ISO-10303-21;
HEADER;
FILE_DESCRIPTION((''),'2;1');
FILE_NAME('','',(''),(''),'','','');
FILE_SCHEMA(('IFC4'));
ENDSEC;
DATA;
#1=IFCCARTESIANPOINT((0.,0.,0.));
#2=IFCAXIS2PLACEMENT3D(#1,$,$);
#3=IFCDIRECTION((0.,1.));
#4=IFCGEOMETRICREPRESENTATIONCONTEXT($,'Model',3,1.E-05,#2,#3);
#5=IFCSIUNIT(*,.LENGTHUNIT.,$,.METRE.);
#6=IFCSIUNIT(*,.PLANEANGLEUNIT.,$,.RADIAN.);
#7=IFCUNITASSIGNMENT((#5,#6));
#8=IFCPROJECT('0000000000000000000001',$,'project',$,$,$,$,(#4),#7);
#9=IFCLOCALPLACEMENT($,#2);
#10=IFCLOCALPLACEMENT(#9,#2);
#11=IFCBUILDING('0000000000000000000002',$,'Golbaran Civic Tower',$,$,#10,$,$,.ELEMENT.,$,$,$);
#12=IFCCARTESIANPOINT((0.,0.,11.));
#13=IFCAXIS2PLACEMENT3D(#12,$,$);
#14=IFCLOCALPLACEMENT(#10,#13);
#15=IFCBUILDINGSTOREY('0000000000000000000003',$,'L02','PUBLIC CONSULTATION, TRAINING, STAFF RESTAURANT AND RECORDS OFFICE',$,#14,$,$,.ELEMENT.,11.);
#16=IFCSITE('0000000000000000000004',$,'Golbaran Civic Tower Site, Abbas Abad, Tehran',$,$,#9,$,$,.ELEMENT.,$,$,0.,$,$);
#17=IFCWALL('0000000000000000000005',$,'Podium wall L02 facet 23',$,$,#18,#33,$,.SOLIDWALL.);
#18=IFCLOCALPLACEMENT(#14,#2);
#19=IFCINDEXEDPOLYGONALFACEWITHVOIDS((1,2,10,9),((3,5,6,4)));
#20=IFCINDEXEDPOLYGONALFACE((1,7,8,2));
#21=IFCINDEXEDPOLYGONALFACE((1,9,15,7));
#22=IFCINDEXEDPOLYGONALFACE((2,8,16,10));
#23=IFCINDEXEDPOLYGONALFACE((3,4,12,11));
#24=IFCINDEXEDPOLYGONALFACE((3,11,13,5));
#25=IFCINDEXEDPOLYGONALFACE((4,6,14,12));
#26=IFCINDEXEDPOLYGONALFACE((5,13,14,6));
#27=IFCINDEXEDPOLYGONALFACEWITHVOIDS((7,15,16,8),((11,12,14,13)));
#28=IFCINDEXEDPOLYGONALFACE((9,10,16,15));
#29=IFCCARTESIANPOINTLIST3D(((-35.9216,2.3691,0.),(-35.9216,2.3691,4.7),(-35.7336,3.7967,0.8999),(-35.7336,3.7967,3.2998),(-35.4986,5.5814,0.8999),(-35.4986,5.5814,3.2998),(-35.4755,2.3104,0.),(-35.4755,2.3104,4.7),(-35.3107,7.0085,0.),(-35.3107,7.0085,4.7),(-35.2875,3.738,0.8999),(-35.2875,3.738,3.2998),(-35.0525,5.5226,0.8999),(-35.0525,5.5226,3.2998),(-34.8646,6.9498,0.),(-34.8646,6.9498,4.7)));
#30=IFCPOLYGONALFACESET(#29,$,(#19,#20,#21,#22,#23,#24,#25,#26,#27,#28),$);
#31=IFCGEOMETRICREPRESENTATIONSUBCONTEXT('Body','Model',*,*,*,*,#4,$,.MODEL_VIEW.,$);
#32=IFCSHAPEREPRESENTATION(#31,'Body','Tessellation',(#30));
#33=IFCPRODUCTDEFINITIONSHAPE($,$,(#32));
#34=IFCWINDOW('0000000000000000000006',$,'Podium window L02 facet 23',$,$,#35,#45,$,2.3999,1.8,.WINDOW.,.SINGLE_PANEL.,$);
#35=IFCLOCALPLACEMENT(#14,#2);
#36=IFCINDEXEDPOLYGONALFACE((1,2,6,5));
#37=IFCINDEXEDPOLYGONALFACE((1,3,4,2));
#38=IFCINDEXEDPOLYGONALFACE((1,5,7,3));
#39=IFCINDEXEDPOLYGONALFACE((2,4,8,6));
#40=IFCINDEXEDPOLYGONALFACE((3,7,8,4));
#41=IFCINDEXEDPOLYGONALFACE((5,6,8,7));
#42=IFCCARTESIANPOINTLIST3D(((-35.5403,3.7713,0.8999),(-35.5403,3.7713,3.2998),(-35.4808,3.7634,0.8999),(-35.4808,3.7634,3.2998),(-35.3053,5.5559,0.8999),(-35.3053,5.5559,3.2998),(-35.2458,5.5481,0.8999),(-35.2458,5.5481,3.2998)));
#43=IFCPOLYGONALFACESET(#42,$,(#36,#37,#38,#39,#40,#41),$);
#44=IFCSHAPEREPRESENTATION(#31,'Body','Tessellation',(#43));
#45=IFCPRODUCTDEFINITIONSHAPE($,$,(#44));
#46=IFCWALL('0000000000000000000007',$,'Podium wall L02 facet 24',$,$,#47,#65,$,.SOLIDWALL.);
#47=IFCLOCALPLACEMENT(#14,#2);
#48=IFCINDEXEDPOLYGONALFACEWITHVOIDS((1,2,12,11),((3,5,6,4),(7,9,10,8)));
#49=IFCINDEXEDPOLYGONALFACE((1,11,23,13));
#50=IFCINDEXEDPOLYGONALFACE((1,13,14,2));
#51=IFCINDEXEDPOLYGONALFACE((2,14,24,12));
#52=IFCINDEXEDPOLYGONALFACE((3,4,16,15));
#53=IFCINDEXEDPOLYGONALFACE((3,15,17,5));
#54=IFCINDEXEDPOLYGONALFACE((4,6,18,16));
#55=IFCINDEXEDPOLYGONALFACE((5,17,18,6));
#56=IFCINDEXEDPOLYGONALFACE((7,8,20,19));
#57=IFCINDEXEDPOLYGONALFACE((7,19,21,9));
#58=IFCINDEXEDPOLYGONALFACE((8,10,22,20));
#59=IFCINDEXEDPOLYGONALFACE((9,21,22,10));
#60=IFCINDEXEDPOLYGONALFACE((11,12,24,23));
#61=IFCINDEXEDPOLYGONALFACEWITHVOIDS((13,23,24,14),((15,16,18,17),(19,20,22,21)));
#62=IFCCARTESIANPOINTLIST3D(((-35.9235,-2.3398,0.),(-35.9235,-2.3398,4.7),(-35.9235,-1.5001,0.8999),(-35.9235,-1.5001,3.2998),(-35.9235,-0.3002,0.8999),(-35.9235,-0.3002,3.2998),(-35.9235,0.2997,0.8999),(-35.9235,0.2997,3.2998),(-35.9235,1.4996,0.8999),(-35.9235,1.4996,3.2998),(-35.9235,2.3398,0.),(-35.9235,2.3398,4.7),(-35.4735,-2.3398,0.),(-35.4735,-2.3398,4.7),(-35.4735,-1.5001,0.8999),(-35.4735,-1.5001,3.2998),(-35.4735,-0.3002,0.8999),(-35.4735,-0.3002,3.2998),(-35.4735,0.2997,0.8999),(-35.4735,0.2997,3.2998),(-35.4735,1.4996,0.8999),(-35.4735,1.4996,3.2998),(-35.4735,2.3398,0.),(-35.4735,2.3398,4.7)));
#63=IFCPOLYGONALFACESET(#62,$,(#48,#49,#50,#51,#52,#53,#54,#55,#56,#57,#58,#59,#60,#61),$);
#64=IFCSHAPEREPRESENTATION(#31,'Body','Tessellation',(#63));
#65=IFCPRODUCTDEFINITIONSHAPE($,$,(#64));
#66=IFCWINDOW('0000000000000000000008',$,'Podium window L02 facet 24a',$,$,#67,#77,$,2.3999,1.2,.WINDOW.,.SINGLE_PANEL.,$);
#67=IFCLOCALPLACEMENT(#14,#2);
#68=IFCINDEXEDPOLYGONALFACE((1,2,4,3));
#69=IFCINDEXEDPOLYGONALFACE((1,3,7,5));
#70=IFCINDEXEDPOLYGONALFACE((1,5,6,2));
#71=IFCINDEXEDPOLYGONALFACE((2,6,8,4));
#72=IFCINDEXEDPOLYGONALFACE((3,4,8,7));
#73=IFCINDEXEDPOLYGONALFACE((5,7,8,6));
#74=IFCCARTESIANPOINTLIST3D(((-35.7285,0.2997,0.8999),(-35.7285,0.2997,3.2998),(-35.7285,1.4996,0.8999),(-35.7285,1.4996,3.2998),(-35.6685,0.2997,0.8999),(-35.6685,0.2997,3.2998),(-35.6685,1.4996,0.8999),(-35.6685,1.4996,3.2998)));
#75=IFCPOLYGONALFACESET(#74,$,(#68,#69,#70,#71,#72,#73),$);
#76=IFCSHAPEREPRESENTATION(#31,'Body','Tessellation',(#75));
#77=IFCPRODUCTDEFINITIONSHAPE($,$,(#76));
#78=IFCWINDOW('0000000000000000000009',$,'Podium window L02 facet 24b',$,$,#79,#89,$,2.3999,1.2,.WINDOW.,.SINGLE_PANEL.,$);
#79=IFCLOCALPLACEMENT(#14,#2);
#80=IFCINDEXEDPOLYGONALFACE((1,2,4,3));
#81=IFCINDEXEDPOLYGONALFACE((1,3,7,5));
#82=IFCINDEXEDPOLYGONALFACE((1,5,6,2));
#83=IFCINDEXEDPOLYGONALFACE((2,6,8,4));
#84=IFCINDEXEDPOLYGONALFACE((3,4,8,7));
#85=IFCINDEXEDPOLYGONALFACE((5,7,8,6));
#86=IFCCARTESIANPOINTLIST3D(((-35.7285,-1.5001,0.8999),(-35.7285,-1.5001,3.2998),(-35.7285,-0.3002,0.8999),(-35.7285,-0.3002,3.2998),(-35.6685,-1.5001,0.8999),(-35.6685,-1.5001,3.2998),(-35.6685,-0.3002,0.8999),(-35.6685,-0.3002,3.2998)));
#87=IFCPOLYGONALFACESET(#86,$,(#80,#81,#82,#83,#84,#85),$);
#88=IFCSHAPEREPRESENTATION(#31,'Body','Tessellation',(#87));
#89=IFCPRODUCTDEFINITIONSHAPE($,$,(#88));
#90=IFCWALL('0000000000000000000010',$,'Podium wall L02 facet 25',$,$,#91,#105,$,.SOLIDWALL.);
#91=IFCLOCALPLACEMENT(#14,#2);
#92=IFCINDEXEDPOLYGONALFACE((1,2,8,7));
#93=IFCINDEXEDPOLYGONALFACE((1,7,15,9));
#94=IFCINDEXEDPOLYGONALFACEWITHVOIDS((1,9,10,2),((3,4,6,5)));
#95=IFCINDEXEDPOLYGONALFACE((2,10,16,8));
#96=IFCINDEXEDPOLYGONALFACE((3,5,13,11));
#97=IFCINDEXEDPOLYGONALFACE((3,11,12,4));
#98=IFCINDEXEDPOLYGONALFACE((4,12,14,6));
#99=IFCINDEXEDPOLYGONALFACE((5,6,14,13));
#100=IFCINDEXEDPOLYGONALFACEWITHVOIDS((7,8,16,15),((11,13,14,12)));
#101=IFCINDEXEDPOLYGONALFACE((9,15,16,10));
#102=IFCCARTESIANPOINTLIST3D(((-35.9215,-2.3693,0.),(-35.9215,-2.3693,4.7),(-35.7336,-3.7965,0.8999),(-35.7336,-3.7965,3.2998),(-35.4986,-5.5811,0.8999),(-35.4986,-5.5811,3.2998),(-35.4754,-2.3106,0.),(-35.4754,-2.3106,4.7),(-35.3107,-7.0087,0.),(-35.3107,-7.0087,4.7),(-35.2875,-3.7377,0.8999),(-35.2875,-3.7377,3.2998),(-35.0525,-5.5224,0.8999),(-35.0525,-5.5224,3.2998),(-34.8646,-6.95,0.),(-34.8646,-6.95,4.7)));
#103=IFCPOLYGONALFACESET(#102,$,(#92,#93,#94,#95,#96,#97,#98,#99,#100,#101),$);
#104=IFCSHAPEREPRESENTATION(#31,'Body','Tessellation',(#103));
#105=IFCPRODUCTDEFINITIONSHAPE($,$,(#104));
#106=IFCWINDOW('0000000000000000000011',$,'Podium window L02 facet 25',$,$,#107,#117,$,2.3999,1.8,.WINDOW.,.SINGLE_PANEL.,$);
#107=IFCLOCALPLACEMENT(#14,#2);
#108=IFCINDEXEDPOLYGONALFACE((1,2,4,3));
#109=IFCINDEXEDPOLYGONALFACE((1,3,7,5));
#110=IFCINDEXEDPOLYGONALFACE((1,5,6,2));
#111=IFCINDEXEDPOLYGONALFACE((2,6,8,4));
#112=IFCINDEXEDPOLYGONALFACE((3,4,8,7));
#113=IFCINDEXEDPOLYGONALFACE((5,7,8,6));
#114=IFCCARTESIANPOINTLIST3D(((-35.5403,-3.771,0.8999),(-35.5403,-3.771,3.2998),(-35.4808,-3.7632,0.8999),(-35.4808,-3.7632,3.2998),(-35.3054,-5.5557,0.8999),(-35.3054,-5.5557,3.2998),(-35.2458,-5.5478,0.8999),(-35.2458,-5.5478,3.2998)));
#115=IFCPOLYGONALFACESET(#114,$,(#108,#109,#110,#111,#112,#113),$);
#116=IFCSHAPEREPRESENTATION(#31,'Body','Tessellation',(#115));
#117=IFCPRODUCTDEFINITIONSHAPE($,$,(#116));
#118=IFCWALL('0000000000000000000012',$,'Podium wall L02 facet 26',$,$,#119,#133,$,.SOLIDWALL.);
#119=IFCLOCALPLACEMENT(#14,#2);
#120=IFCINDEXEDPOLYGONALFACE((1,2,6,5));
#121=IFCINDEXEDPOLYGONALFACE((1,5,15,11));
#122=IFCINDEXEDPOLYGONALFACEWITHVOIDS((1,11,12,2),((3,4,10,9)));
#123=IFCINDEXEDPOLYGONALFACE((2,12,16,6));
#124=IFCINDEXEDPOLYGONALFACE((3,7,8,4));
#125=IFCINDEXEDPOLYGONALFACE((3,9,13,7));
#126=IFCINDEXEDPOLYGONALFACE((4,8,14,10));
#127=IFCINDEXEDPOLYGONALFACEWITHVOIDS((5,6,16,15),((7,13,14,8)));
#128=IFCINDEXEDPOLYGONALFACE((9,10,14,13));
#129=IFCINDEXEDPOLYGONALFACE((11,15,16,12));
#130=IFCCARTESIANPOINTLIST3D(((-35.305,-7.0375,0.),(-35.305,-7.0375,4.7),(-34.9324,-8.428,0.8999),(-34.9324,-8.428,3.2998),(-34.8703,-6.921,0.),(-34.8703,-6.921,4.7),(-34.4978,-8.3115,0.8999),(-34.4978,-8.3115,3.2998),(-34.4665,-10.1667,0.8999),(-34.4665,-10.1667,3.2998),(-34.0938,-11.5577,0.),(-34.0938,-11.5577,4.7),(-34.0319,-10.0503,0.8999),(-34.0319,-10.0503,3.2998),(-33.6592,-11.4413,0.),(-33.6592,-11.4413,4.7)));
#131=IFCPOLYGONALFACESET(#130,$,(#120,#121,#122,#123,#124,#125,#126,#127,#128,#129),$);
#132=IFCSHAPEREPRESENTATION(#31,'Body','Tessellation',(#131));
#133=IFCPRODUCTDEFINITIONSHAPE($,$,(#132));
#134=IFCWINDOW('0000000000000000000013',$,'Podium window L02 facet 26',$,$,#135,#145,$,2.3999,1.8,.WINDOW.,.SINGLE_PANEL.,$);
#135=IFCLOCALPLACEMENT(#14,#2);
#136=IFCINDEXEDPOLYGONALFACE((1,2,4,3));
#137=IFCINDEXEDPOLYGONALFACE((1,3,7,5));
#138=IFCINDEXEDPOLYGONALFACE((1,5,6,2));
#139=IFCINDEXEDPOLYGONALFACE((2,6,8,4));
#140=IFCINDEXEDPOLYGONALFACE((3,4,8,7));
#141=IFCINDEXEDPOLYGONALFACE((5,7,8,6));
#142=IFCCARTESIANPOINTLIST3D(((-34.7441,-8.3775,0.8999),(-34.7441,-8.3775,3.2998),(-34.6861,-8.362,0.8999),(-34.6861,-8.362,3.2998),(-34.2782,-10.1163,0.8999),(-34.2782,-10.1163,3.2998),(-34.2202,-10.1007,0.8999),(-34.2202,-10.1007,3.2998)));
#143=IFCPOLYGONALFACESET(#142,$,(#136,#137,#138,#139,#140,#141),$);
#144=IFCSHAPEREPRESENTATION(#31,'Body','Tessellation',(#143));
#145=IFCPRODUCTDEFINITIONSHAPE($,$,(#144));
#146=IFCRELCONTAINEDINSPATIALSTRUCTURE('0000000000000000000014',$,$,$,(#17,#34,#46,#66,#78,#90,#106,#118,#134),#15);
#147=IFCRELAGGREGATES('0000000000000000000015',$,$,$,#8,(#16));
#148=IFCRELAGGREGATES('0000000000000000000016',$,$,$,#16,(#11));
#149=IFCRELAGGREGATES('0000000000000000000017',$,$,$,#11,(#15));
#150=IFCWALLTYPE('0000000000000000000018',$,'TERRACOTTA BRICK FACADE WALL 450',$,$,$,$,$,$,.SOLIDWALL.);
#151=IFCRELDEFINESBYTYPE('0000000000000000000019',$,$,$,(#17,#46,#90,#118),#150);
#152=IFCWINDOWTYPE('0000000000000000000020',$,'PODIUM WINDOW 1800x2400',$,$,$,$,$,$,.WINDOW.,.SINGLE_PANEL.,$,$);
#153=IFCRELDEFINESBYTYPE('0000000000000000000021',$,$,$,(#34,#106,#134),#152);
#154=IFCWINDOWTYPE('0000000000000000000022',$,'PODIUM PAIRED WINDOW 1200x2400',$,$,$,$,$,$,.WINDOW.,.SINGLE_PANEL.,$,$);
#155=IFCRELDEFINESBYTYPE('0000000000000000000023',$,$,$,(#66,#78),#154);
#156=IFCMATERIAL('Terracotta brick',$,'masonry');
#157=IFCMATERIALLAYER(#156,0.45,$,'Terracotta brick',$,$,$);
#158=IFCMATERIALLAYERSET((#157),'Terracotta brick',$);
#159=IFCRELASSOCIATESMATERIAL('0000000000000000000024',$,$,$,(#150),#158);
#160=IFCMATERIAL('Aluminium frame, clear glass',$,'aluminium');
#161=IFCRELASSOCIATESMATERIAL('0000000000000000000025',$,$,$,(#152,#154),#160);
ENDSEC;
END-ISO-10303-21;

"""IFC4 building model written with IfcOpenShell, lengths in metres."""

from ifc_helpers import new_model, si_unit, direction, frame, frame_2d, origin, place, context, subcontext, project, spatial, rectangle, extrude, material, layer, layer_set, type_object, element, fill, save


model = new_model("IFC4")

# Units and contexts
model_context = context("Model", 3, precision=1e-05, world=origin(), true_north=direction((0.0, 1.0)))
body_context = subcontext(model_context, "Body", "Model", "MODEL_VIEW")
ifc_project = project(units=[si_unit("LENGTHUNIT", "METRE"), si_unit("PLANEANGLEUNIT", "RADIAN")], contexts=[model_context])

# Site, building, storey
site_placement = place(None, origin())
site = spatial("IfcSite", under=ifc_project, at=site_placement, Name="Golbaran Civic Tower Site, Abbas Abad, Tehran", CompositionType="ELEMENT", RefElevation=0.0)
building_placement = place(site_placement, origin())
building = spatial("IfcBuilding", under=site, at=building_placement, Name="Golbaran Civic Tower", CompositionType="ELEMENT")
storey_placement = place(building_placement, frame((0.0, 0.0, 11.0)))
storey = spatial("IfcBuildingStorey", under=building, at=storey_placement, Name="L02", Description="PUBLIC CONSULTATION, TRAINING, STAFF RESTAURANT AND RECORDS OFFICE", CompositionType="ELEMENT", Elevation=11.0)

# Wall, opening, window
ifc_material_1 = material(Name="Terracotta brick", Category="masonry")
ifc_layer_1 = layer(ifc_material_1, 0.45, Name="Terracotta brick")
ifc_layer_set_1 = layer_set([ifc_layer_1], Name="Terracotta brick")
wall_type_1 = type_object("IfcWallType", Name="TERRACOTTA BRICK FACADE WALL 450", PredefinedType="SOLIDWALL", material=ifc_layer_set_1)
wall_1_placement = place(storey_placement, frame((-35.0876, 6.9792, 0.0), z_axis=(0.0, 0.0, 1.0), x_axis=(-0.130537, -0.991443, 0.0)))
wall_1 = element("IfcWall", 1, at=wall_1_placement, inside=storey, type_object=wall_type_1, Name="Podium wall L02 facet 23", PredefinedType="SOLIDWALL", context=body_context, shape_type="SweptSolid", body=[
    extrude(rectangle(XDim=4.6794, YDim=0.45, at=frame_2d((2.3398, 0.0))), origin(), (0.0, 0.0, 1.0), 4.7),
])
opening_1_placement = place(wall_1_placement, frame((1.4397, 0.0, 0.8999)))
opening_1 = element("IfcOpeningElement", 2, at=opening_1_placement, cuts=wall_1, PredefinedType="OPENING", context=body_context, shape_type="SweptSolid", body=[
    extrude(rectangle(XDim=1.8, YDim=2.3999, at=frame_2d((0.8999, 1.2))), frame((0.0, 0.2349, 0.0), z_axis=(0.0, -1.0, 0.0), x_axis=(1.0, 0.0, 0.0)), (0.0, 0.0, 1.0), 0.47),
])
ifc_material_2 = material(Name="Aluminium frame, clear glass", Category="aluminium")
window_type_1 = type_object("IfcWindowType", Name="PODIUM WINDOW 1800x2400", PartitioningType="SINGLE_PANEL", PredefinedType="WINDOW", material=ifc_material_2)
window_1_placement = place(opening_1_placement, origin())
window_1 = element("IfcWindow", 3, at=window_1_placement, inside=storey, type_object=window_type_1, Name="Podium window L02 facet 23", OverallHeight=2.3999, OverallWidth=1.8, PartitioningType="SINGLE_PANEL", PredefinedType="WINDOW", context=body_context, shape_type="SweptSolid", body=[
    extrude(rectangle(XDim=1.8, YDim=2.3999, at=frame_2d((0.8999, 1.2))), frame((0.0, 0.03, 0.0), z_axis=(0.0, -1.0, 0.0), x_axis=(1.0, 0.0, 0.0)), (0.0, 0.0, 1.0), 0.0601),
])
fill(opening_1, window_1)

# Wall, openings, windows
wall_2_placement = place(storey_placement, frame((-35.6985, 2.3398, 0.0), z_axis=(0.0, 0.0, 1.0), x_axis=(0.0, -1.0, 0.0)))
wall_2 = element("IfcWall", 4, at=wall_2_placement, inside=storey, type_object=wall_type_1, Name="Podium wall L02 facet 24", PredefinedType="SOLIDWALL", context=body_context, shape_type="SweptSolid", body=[
    extrude(rectangle(XDim=4.6797, YDim=0.45, at=frame_2d((2.3398, 0.0))), origin(), (0.0, 0.0, 1.0), 4.7),
])
opening_2_placement = place(wall_2_placement, frame((0.8401, 0.0, 0.8999)))
opening_2 = element("IfcOpeningElement", 5, at=opening_2_placement, cuts=wall_2, PredefinedType="OPENING", context=body_context, shape_type="SweptSolid", body=[
    extrude(rectangle(XDim=1.2, YDim=2.3999, at=frame_2d((0.6001, 1.2))), frame((0.0, 0.2349, 0.0), z_axis=(0.0, -1.0, 0.0), x_axis=(1.0, 0.0, 0.0)), (0.0, 0.0, 1.0), 0.47),
])
opening_3_placement = place(wall_2_placement, frame((2.6399, 0.0, 0.8999)))
opening_3 = element("IfcOpeningElement", 6, at=opening_3_placement, cuts=wall_2, PredefinedType="OPENING", context=body_context, shape_type="SweptSolid", body=[
    extrude(rectangle(XDim=1.2, YDim=2.3999, at=frame_2d((0.6001, 1.2))), frame((0.0, 0.2349, 0.0), z_axis=(0.0, -1.0, 0.0), x_axis=(1.0, 0.0, 0.0)), (0.0, 0.0, 1.0), 0.47),
])
window_type_2 = type_object("IfcWindowType", Name="PODIUM PAIRED WINDOW 1200x2400", PartitioningType="SINGLE_PANEL", PredefinedType="WINDOW", material=ifc_material_2)
window_2_placement = place(opening_2_placement, origin())
window_2 = element("IfcWindow", 7, at=window_2_placement, inside=storey, type_object=window_type_2, Name="Podium window L02 facet 24a", OverallHeight=2.3999, OverallWidth=1.2, PartitioningType="SINGLE_PANEL", PredefinedType="WINDOW", context=body_context, shape_type="SweptSolid", body=[
    extrude(rectangle(XDim=1.2, YDim=2.3999, at=frame_2d((0.6001, 1.2))), frame((0.0, 0.03, 0.0), z_axis=(0.0, -1.0, 0.0), x_axis=(1.0, 0.0, 0.0)), (0.0, 0.0, 1.0), 0.0601),
])
fill(opening_2, window_2)
window_3_placement = place(opening_3_placement, origin())
window_3 = element("IfcWindow", 8, at=window_3_placement, inside=storey, type_object=window_type_2, Name="Podium window L02 facet 24b", OverallHeight=2.3999, OverallWidth=1.2, PartitioningType="SINGLE_PANEL", PredefinedType="WINDOW", context=body_context, shape_type="SweptSolid", body=[
    extrude(rectangle(XDim=1.2, YDim=2.3999, at=frame_2d((0.6001, 1.2))), frame((0.0, 0.03, 0.0), z_axis=(0.0, -1.0, 0.0), x_axis=(1.0, 0.0, 0.0)), (0.0, 0.0, 1.0), 0.0601),
])
fill(opening_3, window_3)

# Walls, openings, windows
wall_3_placement = place(storey_placement, frame((-35.6985, -2.3398, 0.0), z_axis=(0.0, 0.0, 1.0), x_axis=(0.130537, -0.991443, 0.0)))
wall_3 = element("IfcWall", 9, at=wall_3_placement, inside=storey, type_object=wall_type_1, Name="Podium wall L02 facet 25", PredefinedType="SOLIDWALL", context=body_context, shape_type="SweptSolid", body=[
    extrude(rectangle(XDim=4.6794, YDim=0.45, at=frame_2d((2.3398, 0.0))), origin(), (0.0, 0.0, 1.0), 4.7),
])
opening_4_placement = place(wall_3_placement, frame((1.4397, 0.0, 0.8999)))
opening_4 = element("IfcOpeningElement", 10, at=opening_4_placement, cuts=wall_3, PredefinedType="OPENING", context=body_context, shape_type="SweptSolid", body=[
    extrude(rectangle(XDim=1.8, YDim=2.3999, at=frame_2d((0.8999, 1.2))), frame((0.0, 0.2349, 0.0), z_axis=(0.0, -1.0, 0.0), x_axis=(1.0, 0.0, 0.0)), (0.0, 0.0, 1.0), 0.47),
])
window_4_placement = place(opening_4_placement, origin())
window_4 = element("IfcWindow", 11, at=window_4_placement, inside=storey, type_object=window_type_1, Name="Podium window L02 facet 25", OverallHeight=2.3999, OverallWidth=1.8, PartitioningType="SINGLE_PANEL", PredefinedType="WINDOW", context=body_context, shape_type="SweptSolid", body=[
    extrude(rectangle(XDim=1.8, YDim=2.3999, at=frame_2d((0.8999, 1.2))), frame((0.0, 0.03, 0.0), z_axis=(0.0, -1.0, 0.0), x_axis=(1.0, 0.0, 0.0)), (0.0, 0.0, 1.0), 0.0601),
])
fill(opening_4, window_4)
wall_4_placement = place(storey_placement, frame((-35.0876, -6.9792, 0.0), z_axis=(0.0, 0.0, 1.0), x_axis=(0.258815, -0.965927, 0.0)))
wall_4 = element("IfcWall", 12, at=wall_4_placement, inside=storey, type_object=wall_type_1, Name="Podium wall L02 facet 26", PredefinedType="SOLIDWALL", context=body_context, shape_type="SweptSolid", body=[
    extrude(rectangle(XDim=4.6797, YDim=0.45, at=frame_2d((2.3398, 0.0))), origin(), (0.0, 0.0, 1.0), 4.7),
])
opening_5_placement = place(wall_4_placement, frame((1.4397, 0.0, 0.8999)))
opening_5 = element("IfcOpeningElement", 13, at=opening_5_placement, cuts=wall_4, PredefinedType="OPENING", context=body_context, shape_type="SweptSolid", body=[
    extrude(rectangle(XDim=1.8, YDim=2.3999, at=frame_2d((0.8999, 1.2))), frame((0.0, 0.2349, 0.0), z_axis=(0.0, -1.0, 0.0), x_axis=(1.0, 0.0, 0.0)), (0.0, 0.0, 1.0), 0.47),
])
window_5_placement = place(opening_5_placement, origin())
window_5 = element("IfcWindow", 14, at=window_5_placement, inside=storey, type_object=window_type_1, Name="Podium window L02 facet 26", OverallHeight=2.3999, OverallWidth=1.8, PartitioningType="SINGLE_PANEL", PredefinedType="WINDOW", context=body_context, shape_type="SweptSolid", body=[
    extrude(rectangle(XDim=1.8, YDim=2.3999, at=frame_2d((0.8999, 1.2))), frame((0.0, 0.03, 0.0), z_axis=(0.0, -1.0, 0.0), x_axis=(1.0, 0.0, 0.0)), (0.0, 0.0, 1.0), 0.0601),
])
fill(opening_5, window_5)

save(model, "model.ifc")
